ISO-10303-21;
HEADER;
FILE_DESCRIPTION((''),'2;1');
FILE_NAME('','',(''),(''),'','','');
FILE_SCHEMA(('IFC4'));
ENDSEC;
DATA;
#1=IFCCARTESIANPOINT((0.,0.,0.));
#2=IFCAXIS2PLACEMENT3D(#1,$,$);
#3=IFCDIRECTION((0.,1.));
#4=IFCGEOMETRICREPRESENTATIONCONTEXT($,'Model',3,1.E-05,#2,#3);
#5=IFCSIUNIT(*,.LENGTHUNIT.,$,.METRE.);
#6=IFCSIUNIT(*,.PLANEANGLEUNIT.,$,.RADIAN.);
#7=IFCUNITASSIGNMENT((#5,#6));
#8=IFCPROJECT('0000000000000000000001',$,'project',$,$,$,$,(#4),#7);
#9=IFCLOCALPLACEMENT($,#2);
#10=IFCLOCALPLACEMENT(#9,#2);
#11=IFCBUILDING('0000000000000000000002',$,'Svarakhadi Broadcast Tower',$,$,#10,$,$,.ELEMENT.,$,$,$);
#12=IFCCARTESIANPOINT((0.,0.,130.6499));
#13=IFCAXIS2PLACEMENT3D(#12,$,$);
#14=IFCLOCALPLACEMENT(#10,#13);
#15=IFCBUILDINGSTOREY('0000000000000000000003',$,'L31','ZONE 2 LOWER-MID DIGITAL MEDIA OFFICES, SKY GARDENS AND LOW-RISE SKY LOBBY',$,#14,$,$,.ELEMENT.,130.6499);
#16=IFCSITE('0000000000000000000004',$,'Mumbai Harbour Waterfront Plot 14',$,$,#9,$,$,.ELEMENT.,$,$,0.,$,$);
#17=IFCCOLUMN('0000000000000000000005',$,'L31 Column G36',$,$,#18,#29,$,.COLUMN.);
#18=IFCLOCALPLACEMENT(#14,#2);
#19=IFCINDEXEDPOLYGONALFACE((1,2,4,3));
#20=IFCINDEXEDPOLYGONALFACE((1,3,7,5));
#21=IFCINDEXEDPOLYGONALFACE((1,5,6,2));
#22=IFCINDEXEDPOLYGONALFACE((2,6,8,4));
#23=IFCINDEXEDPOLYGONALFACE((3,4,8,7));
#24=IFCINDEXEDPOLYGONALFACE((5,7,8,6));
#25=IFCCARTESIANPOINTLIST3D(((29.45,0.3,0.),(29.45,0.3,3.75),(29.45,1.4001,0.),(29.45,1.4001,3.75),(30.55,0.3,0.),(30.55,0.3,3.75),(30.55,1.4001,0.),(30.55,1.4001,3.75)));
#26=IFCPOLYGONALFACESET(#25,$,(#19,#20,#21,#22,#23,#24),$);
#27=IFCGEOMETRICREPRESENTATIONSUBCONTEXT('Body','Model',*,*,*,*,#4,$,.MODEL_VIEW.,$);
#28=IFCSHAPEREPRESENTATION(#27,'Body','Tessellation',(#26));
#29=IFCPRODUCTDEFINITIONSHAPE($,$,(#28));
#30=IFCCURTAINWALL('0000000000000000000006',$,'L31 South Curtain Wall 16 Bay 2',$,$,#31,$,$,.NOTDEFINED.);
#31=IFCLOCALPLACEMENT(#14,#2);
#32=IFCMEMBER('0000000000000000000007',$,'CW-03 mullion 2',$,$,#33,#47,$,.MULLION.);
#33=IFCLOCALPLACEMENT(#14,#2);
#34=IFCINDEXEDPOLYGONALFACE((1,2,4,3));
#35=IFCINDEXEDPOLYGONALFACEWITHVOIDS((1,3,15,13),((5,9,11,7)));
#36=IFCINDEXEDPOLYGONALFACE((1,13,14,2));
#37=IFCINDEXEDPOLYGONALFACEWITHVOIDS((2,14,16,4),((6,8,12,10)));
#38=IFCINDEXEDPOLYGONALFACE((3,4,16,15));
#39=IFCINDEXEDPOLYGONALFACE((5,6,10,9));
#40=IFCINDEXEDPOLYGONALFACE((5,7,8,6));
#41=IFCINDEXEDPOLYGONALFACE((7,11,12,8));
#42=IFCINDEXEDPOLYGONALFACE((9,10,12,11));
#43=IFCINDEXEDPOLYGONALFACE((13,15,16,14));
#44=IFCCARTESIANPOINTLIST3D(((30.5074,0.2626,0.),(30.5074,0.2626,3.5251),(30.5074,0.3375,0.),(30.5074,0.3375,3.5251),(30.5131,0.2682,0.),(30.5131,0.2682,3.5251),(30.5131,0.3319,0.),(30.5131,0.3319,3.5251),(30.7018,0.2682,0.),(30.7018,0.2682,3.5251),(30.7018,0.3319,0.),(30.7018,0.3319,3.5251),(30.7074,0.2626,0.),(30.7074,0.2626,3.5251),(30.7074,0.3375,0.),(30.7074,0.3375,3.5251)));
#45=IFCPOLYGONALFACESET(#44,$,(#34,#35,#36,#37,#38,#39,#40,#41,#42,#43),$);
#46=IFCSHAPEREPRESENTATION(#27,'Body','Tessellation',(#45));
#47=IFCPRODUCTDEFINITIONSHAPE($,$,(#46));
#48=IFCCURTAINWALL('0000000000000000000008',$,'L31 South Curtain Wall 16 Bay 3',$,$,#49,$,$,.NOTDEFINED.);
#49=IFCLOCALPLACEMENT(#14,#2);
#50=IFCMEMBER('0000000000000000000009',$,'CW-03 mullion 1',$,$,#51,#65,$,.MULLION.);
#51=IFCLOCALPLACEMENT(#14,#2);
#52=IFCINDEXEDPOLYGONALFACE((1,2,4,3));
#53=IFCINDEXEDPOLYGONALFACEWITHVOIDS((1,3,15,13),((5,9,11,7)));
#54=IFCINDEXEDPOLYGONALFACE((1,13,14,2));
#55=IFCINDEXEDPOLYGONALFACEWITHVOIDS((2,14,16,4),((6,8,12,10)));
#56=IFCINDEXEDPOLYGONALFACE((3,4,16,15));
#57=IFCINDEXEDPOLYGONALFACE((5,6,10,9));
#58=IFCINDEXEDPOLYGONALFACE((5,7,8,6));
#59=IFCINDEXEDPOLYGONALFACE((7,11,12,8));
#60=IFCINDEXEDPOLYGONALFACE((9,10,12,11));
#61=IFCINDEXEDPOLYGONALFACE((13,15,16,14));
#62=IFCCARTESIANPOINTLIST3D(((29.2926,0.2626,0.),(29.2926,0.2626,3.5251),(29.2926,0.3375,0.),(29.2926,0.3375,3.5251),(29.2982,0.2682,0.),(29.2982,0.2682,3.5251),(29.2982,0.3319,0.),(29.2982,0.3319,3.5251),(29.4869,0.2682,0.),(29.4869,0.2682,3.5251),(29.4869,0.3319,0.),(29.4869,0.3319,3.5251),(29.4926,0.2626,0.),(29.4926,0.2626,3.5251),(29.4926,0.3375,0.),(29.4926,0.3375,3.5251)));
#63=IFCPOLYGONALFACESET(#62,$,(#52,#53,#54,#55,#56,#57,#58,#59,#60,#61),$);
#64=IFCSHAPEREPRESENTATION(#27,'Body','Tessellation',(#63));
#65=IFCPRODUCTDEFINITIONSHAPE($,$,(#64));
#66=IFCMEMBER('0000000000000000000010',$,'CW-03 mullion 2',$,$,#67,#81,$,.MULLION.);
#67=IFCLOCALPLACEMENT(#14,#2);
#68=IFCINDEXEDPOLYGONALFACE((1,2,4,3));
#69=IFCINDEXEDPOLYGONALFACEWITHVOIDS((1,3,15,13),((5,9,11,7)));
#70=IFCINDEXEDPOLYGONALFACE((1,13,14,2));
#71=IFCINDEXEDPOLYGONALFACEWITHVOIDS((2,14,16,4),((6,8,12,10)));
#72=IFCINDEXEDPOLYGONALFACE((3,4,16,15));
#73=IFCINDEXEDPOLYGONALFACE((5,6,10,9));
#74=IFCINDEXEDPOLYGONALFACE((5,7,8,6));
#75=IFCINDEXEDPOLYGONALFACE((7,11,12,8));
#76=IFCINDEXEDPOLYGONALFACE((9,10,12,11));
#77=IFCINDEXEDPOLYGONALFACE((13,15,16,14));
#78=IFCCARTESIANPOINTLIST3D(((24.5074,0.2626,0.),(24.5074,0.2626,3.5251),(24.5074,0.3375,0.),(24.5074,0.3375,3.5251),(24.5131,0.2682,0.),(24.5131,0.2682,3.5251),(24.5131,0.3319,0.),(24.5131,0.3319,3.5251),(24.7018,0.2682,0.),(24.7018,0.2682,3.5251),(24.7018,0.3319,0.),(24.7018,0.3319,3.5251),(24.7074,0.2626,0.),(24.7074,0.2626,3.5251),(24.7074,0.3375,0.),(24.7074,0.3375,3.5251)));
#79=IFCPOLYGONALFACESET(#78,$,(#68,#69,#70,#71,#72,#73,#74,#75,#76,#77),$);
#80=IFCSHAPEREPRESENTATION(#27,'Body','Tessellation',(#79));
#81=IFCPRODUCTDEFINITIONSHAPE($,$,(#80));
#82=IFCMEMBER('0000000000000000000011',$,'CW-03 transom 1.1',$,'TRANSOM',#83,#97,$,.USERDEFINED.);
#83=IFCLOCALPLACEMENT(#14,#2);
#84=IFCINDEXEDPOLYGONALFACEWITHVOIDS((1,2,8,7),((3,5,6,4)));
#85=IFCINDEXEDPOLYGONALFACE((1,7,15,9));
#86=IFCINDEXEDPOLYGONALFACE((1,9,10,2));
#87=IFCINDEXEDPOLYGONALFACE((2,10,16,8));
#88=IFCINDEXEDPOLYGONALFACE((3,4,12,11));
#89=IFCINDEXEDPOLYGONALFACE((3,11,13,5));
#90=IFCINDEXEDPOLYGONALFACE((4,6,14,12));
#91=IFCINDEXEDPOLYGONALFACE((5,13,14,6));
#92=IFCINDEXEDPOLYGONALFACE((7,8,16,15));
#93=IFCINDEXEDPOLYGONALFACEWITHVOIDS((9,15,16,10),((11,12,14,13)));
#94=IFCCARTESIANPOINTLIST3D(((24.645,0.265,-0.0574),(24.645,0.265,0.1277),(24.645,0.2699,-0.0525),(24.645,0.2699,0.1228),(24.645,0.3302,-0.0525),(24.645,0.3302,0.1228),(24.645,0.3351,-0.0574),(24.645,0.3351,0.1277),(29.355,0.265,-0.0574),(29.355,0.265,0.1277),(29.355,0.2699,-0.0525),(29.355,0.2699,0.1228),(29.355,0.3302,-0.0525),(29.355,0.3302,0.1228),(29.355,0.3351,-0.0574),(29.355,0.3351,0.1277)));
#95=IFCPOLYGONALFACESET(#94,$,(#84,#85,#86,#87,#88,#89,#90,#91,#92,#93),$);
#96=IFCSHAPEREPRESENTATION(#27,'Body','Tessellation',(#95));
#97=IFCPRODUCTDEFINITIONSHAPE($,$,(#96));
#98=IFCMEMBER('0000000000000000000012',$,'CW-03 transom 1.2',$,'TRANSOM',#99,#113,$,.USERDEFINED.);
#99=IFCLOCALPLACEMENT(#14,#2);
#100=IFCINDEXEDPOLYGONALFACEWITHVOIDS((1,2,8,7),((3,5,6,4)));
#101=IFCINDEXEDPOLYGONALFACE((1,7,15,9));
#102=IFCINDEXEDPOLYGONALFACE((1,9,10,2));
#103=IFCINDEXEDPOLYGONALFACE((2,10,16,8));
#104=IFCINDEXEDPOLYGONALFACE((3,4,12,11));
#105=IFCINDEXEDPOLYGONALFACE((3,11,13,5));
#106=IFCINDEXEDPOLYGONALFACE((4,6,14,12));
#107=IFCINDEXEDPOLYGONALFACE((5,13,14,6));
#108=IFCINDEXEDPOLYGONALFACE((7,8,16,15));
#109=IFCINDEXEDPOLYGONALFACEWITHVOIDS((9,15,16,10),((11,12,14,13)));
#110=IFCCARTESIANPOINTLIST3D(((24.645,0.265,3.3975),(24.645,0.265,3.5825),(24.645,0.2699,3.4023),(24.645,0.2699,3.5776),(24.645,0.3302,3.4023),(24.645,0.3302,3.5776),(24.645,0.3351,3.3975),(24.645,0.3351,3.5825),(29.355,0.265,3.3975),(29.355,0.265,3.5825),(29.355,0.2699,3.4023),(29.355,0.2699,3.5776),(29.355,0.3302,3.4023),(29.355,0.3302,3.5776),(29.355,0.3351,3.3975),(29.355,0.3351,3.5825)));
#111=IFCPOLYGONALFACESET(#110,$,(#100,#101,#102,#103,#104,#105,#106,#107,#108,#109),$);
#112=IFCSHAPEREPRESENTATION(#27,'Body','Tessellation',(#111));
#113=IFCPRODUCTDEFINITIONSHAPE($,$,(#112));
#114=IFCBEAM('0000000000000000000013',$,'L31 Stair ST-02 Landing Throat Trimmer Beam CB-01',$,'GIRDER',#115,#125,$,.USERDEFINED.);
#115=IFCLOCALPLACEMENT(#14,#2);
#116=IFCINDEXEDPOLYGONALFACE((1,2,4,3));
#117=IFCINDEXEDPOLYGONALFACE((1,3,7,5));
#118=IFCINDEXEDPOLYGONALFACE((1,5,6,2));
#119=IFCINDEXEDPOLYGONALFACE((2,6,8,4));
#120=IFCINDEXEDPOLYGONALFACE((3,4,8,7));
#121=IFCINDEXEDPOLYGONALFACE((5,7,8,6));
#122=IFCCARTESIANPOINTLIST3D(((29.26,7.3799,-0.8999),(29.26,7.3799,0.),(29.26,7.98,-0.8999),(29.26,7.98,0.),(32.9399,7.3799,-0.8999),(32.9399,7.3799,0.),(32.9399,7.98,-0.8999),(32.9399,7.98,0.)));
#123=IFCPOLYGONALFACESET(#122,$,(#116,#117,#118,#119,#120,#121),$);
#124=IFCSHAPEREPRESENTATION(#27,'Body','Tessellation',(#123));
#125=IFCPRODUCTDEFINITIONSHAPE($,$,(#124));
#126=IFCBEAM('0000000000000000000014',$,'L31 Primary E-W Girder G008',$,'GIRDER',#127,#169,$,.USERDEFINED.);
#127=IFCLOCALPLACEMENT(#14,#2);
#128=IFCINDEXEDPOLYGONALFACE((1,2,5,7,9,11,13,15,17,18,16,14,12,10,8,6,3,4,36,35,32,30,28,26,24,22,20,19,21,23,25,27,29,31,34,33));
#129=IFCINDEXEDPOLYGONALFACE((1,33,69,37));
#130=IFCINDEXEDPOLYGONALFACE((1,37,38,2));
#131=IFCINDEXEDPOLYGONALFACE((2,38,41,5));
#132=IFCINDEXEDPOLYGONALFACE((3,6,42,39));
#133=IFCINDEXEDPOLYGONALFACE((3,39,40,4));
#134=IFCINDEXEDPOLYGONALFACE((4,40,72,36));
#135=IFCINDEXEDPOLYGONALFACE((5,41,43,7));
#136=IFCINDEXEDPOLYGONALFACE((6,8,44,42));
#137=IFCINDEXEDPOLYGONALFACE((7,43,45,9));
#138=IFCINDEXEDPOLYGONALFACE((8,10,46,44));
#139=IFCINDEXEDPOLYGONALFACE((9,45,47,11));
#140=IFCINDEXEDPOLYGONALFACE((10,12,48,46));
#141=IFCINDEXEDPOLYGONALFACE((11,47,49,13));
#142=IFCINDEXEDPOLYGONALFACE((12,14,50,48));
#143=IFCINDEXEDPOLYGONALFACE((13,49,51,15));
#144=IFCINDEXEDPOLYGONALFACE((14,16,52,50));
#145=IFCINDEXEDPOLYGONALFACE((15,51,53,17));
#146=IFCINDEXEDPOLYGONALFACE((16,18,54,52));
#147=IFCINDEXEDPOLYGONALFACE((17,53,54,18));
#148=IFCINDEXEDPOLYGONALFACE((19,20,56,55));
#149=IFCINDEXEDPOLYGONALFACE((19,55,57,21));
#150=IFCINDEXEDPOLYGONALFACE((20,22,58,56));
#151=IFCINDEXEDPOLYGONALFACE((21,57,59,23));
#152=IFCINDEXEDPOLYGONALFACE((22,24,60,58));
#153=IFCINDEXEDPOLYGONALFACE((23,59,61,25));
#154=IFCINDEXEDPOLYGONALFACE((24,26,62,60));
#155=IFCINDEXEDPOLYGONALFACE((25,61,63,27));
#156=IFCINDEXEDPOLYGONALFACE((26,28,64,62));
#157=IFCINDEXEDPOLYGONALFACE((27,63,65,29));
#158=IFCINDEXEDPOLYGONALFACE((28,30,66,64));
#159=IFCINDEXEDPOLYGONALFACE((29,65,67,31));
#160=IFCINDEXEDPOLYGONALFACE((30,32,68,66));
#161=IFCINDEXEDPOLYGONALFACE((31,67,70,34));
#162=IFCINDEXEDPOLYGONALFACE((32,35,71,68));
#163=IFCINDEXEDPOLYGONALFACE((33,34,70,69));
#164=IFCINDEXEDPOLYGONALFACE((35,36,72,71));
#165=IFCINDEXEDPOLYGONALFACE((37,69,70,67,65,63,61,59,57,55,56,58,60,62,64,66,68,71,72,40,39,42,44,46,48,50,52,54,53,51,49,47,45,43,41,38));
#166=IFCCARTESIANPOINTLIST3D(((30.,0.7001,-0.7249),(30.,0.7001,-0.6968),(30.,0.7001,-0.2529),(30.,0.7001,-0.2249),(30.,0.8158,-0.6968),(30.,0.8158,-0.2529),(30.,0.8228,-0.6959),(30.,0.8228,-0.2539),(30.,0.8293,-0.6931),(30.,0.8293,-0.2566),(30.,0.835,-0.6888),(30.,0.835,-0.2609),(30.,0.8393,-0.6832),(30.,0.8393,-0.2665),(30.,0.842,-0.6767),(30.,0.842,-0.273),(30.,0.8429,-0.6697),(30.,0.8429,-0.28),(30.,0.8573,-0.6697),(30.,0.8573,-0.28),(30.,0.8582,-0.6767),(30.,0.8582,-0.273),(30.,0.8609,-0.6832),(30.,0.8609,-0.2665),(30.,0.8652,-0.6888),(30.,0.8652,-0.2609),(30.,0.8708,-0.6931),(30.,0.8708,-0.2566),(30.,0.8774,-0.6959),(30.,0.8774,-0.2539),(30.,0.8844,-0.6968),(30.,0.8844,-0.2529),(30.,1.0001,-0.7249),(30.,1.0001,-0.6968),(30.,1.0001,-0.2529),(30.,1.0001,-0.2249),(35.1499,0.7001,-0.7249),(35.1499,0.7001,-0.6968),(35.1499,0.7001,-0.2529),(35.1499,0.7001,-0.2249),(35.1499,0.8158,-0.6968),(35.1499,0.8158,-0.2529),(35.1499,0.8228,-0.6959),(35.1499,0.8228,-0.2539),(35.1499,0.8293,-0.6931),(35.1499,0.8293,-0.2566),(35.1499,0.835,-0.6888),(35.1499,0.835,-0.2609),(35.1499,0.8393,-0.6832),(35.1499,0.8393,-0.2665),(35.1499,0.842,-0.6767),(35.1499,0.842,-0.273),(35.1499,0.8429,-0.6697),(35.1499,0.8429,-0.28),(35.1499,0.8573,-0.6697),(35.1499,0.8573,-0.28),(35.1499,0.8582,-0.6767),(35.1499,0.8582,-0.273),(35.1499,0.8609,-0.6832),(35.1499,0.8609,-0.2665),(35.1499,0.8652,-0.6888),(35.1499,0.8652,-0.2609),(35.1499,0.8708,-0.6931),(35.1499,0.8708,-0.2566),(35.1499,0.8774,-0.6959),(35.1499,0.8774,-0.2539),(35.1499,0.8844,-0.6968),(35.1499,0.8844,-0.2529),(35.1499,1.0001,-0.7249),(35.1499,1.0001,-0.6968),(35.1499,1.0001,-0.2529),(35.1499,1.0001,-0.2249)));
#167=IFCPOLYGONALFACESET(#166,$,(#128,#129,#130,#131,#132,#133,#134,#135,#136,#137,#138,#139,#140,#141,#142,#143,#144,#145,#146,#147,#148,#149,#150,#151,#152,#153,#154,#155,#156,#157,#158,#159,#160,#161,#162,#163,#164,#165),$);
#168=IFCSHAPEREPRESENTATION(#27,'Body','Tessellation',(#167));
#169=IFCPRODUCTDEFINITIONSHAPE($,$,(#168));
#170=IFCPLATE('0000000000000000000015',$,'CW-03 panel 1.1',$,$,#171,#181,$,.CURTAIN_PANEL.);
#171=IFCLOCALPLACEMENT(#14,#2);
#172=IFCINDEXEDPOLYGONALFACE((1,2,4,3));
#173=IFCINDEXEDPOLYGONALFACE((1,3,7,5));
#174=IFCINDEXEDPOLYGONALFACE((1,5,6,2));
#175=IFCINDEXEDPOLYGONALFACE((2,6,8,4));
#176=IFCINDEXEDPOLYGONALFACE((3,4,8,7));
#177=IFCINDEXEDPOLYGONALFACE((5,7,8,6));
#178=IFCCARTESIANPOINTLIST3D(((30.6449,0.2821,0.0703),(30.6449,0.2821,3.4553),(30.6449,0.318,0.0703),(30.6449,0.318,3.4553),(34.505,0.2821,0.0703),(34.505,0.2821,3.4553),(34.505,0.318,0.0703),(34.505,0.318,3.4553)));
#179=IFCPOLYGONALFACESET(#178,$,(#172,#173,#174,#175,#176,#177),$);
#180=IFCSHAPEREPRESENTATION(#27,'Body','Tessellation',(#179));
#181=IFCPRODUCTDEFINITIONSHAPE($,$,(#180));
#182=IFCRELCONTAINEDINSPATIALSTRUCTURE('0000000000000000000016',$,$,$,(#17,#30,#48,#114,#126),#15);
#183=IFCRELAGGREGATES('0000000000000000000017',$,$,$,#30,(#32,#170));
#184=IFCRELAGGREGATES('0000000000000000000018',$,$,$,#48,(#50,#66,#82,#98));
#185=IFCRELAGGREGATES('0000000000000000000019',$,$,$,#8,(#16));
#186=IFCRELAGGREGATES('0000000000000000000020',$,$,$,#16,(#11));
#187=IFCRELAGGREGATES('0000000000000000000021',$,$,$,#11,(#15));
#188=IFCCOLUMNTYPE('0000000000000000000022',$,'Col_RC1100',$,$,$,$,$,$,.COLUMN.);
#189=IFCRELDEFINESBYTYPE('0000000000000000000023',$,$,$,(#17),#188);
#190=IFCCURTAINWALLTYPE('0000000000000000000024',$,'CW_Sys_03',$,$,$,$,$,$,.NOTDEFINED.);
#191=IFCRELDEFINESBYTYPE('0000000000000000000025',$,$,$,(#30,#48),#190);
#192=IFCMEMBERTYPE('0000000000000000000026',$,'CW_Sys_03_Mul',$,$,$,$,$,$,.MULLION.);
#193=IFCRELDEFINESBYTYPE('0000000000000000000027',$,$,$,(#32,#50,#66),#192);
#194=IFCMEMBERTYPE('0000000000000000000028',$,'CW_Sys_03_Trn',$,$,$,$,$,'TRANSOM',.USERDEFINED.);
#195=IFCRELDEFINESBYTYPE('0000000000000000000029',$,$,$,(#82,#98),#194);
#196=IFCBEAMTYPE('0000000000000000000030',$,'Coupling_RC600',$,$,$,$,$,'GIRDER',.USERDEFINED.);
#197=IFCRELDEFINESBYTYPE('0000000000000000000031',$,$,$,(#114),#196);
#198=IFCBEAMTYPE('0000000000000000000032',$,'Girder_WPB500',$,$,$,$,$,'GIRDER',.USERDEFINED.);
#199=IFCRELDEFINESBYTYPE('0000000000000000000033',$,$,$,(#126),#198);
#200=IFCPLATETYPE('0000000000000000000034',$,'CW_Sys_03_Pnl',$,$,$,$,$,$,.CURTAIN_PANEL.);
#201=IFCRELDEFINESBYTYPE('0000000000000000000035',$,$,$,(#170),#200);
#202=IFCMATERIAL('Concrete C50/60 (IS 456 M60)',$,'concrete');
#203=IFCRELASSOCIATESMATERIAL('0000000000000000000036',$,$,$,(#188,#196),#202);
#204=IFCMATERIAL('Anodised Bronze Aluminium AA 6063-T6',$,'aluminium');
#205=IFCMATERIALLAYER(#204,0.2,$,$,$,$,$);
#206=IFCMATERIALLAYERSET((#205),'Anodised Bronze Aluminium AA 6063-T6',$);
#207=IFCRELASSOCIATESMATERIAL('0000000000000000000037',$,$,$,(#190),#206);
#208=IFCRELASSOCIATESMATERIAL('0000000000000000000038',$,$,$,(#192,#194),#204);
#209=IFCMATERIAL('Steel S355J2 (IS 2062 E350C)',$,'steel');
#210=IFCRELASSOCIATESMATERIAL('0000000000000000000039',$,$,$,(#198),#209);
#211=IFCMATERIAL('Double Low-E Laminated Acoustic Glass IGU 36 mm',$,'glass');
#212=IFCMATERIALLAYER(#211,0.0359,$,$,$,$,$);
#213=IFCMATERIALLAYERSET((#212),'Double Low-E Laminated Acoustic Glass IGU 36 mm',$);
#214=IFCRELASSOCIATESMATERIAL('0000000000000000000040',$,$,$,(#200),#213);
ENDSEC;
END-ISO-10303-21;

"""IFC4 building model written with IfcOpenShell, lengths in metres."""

from ifc_helpers import new_model, si_unit, direction, frame, origin, origin_2d, place, context, subcontext, project, spatial, rectangle, hollow_rectangle, i_section, extrude, material, layer, layer_set, material_profile, profile_set, type_object, element, aggregate, save


model = new_model("IFC4")

# Units and contexts
model_context = context("Model", 3, precision=1e-05, world=origin(), true_north=direction((0.0, 1.0)))
body_context = subcontext(model_context, "Body", "Model", "MODEL_VIEW")
ifc_project = project(units=[si_unit("LENGTHUNIT", "METRE"), si_unit("PLANEANGLEUNIT", "RADIAN")], contexts=[model_context])

# Site, building, storey
site_placement = place(None, origin())
site = spatial("IfcSite", under=ifc_project, at=site_placement, Name="Mumbai Harbour Waterfront Plot 14", CompositionType="ELEMENT", RefElevation=0.0)
building_placement = place(site_placement, origin())
building = spatial("IfcBuilding", under=site, at=building_placement, Name="Svarakhadi Broadcast Tower", CompositionType="ELEMENT")
storey_placement = place(building_placement, frame((0.0, 0.0, 130.6499)))
storey = spatial("IfcBuildingStorey", under=building, at=storey_placement, Name="L31", Description="ZONE 2 LOWER-MID DIGITAL MEDIA OFFICES, SKY GARDENS AND LOW-RISE SKY LOBBY", CompositionType="ELEMENT", Elevation=130.6499)

# Column
ifc_material_1 = material(Name="Concrete C50/60 (IS 456 M60)", Category="concrete")
ifc_material_profile_1 = material_profile(ifc_material_1, rectangle(XDim=1.1001, YDim=1.1001, at=origin_2d()), Name="RC 1100x1100")
ifc_profile_set_1 = profile_set([ifc_material_profile_1], Name="Concrete C50/60 (IS 456 M60)")
column_type = type_object("IfcColumnType", Name="Col_RC1100", PredefinedType="COLUMN", material=ifc_profile_set_1)
column_placement = place(storey_placement, frame((30.0, 0.8501, 0.0), z_axis=(0.0, 0.0, 1.0), x_axis=(1.0, 0.0, 0.0)))
element("IfcColumn", 1, at=column_placement, inside=storey, type_object=column_type, Name="L31 Column G36", PredefinedType="COLUMN", context=body_context, shape_type="SweptSolid", body=[
    extrude(rectangle(XDim=1.1001, YDim=1.1001, at=origin_2d()), origin(), (0.0, 0.0, 1.0), 3.75),
])

# Curtain wall, member
ifc_material_2 = material(Name="Anodised Bronze Aluminium AA 6063-T6", Category="aluminium")
ifc_layer_1 = layer(ifc_material_2, 0.2)
ifc_layer_set_1 = layer_set([ifc_layer_1], Name="Anodised Bronze Aluminium AA 6063-T6")
curtain_wall_type = type_object("IfcCurtainWallType", Name="CW_Sys_03", PredefinedType="NOTDEFINED", material=ifc_layer_set_1)
curtain_wall_1_placement = place(storey_placement, origin())
curtain_wall_1 = element("IfcCurtainWall", 2, at=curtain_wall_1_placement, inside=storey, type_object=curtain_wall_type, Name="L31 South Curtain Wall 16 Bay 2", PredefinedType="NOTDEFINED")
ifc_material_profile_2 = material_profile(ifc_material_2, hollow_rectangle(XDim=0.075, YDim=0.2, WallThickness=0.0056, at=origin_2d()), Name="ALU MULLION 200x75x6")
ifc_profile_set_2 = profile_set([ifc_material_profile_2], Name="Anodised Bronze Aluminium AA 6063-T6")
member_type_1 = type_object("IfcMemberType", Name="CW_Sys_03_Mul", PredefinedType="MULLION", material=ifc_profile_set_2)
member_1_placement = place(storey_placement, frame((30.6074, 0.3, 0.0), z_axis=(0.0, 0.0, 1.0), x_axis=(0.0, -1.0, 0.0)))
member_1 = element("IfcMember", 3, at=member_1_placement, type_object=member_type_1, Name="CW-03 mullion 2", PredefinedType="MULLION", context=body_context, shape_type="SweptSolid", body=[
    extrude(hollow_rectangle(XDim=0.075, YDim=0.2, WallThickness=0.0056, at=origin_2d()), origin(), (0.0, 0.0, 1.0), 3.5251),
])

# Curtain wall, members
curtain_wall_2_placement = place(storey_placement, origin())
curtain_wall_2 = element("IfcCurtainWall", 4, at=curtain_wall_2_placement, inside=storey, type_object=curtain_wall_type, Name="L31 South Curtain Wall 16 Bay 3", PredefinedType="NOTDEFINED")
member_2_placement = place(storey_placement, frame((29.3926, 0.3, 0.0), z_axis=(0.0, 0.0, 1.0), x_axis=(0.0, -1.0, 0.0)))
member_2 = element("IfcMember", 5, at=member_2_placement, type_object=member_type_1, Name="CW-03 mullion 1", PredefinedType="MULLION", context=body_context, shape_type="SweptSolid", body=[
    extrude(hollow_rectangle(XDim=0.075, YDim=0.2, WallThickness=0.0056, at=origin_2d()), origin(), (0.0, 0.0, 1.0), 3.5251),
])
member_3_placement = place(storey_placement, frame((24.6074, 0.3, 0.0), z_axis=(0.0, 0.0, 1.0), x_axis=(0.0, -1.0, 0.0)))
member_3 = element("IfcMember", 6, at=member_3_placement, type_object=member_type_1, Name="CW-03 mullion 2", PredefinedType="MULLION", context=body_context, shape_type="SweptSolid", body=[
    extrude(hollow_rectangle(XDim=0.075, YDim=0.2, WallThickness=0.0056, at=origin_2d()), origin(), (0.0, 0.0, 1.0), 3.5251),
])
ifc_material_profile_3 = material_profile(ifc_material_2, hollow_rectangle(XDim=0.0701, YDim=0.1851, WallThickness=0.0049, at=origin_2d()), Name="ALU TRANSOM 185x70x5")
ifc_profile_set_3 = profile_set([ifc_material_profile_3], Name="Anodised Bronze Aluminium AA 6063-T6")
member_type_2 = type_object("IfcMemberType", Name="CW_Sys_03_Trn", ElementType="TRANSOM", PredefinedType="USERDEFINED", material=ifc_profile_set_3)
member_4_placement = place(storey_placement, frame((29.355, 0.3, 0.0352), z_axis=(-1.0, 0.0, 0.0), x_axis=(0.0, -1.0, 0.0)))
member_4 = element("IfcMember", 7, at=member_4_placement, type_object=member_type_2, Name="CW-03 transom 1.1", ObjectType="TRANSOM", PredefinedType="USERDEFINED", context=body_context, shape_type="SweptSolid", body=[
    extrude(hollow_rectangle(XDim=0.0701, YDim=0.1851, WallThickness=0.0049, at=origin_2d()), origin(), (0.0, 0.0, 1.0), 4.71),
])
member_5_placement = place(storey_placement, frame((29.355, 0.3, 3.49), z_axis=(-1.0, 0.0, 0.0), x_axis=(0.0, -1.0, 0.0)))
member_5 = element("IfcMember", 8, at=member_5_placement, type_object=member_type_2, Name="CW-03 transom 1.2", ObjectType="TRANSOM", PredefinedType="USERDEFINED", context=body_context, shape_type="SweptSolid", body=[
    extrude(hollow_rectangle(XDim=0.0701, YDim=0.1851, WallThickness=0.0049, at=origin_2d()), origin(), (0.0, 0.0, 1.0), 4.71),
])

# Beams
ifc_material_profile_4 = material_profile(ifc_material_1, rectangle(XDim=0.6001, YDim=0.8999, at=origin_2d()), Name="RC 600x900")
ifc_profile_set_4 = profile_set([ifc_material_profile_4], Name="Concrete C50/60 (IS 456 M60)")
beam_type_1 = type_object("IfcBeamType", Name="Coupling_RC600", ElementType="GIRDER", PredefinedType="USERDEFINED", material=ifc_profile_set_4)
beam_1_placement = place(storey_placement, frame((29.26, 7.6799, -0.45), z_axis=(1.0, 0.0, 0.0), x_axis=(0.0, 1.0, 0.0)))
element("IfcBeam", 9, at=beam_1_placement, inside=storey, type_object=beam_type_1, Name="L31 Stair ST-02 Landing Throat Trimmer Beam CB-01", ObjectType="GIRDER", PredefinedType="USERDEFINED", context=body_context, shape_type="SweptSolid", body=[
    extrude(rectangle(XDim=0.6001, YDim=0.8999, at=origin_2d()), origin(), (0.0, 0.0, 1.0), 3.6799),
])
ifc_material_3 = material(Name="Steel S355J2 (IS 2062 E350C)", Category="steel")
ifc_material_profile_5 = material_profile(ifc_material_3, i_section(OverallWidth=0.3, OverallDepth=0.5, WebThickness=0.0144, FlangeThickness=0.0281, FilletRadius=0.0271, at=origin_2d()), Name="WPB 500x300x187")
ifc_profile_set_5 = profile_set([ifc_material_profile_5], Name="Steel S355J2 (IS 2062 E350C)")
beam_type_2 = type_object("IfcBeamType", Name="Girder_WPB500", ElementType="GIRDER", PredefinedType="USERDEFINED", material=ifc_profile_set_5)
beam_2_placement = place(storey_placement, frame((30.0, 0.8501, -0.4749), z_axis=(1.0, 0.0, 0.0), x_axis=(0.0, 1.0, 0.0)))
element("IfcBeam", 10, at=beam_2_placement, inside=storey, type_object=beam_type_2, Name="L31 Primary E-W Girder G008", ObjectType="GIRDER", PredefinedType="USERDEFINED", context=body_context, shape_type="SweptSolid", body=[
    extrude(i_section(OverallWidth=0.3, OverallDepth=0.5, WebThickness=0.0144, FlangeThickness=0.0281, FilletRadius=0.0271, at=origin_2d()), origin(), (0.0, 0.0, 1.0), 5.1499),
])

# Plate
ifc_material_4 = material(Name="Double Low-E Laminated Acoustic Glass IGU 36 mm", Category="glass")
ifc_layer_2 = layer(ifc_material_4, 0.0359)
ifc_layer_set_2 = layer_set([ifc_layer_2], Name="Double Low-E Laminated Acoustic Glass IGU 36 mm")
plate_type = type_object("IfcPlateType", Name="CW_Sys_03_Pnl", PredefinedType="CURTAIN_PANEL", material=ifc_layer_set_2)
plate_1_placement = place(storey_placement, frame((32.575, 0.3, 0.0703), z_axis=(0.0, 0.0, 1.0), x_axis=(-1.0, 0.0, 0.0)))
plate_1 = element("IfcPlate", 11, at=plate_1_placement, type_object=plate_type, Name="CW-03 panel 1.1", PredefinedType="CURTAIN_PANEL", context=body_context, shape_type="SweptSolid", body=[
    extrude(rectangle(XDim=3.8601, YDim=0.0359, at=origin_2d()), origin(), (0.0, 0.0, 1.0), 3.385),
])
aggregate(curtain_wall_1, [member_1, plate_1])
aggregate(curtain_wall_2, [member_2, member_3, member_4, member_5])

save(model, "model.ifc")
